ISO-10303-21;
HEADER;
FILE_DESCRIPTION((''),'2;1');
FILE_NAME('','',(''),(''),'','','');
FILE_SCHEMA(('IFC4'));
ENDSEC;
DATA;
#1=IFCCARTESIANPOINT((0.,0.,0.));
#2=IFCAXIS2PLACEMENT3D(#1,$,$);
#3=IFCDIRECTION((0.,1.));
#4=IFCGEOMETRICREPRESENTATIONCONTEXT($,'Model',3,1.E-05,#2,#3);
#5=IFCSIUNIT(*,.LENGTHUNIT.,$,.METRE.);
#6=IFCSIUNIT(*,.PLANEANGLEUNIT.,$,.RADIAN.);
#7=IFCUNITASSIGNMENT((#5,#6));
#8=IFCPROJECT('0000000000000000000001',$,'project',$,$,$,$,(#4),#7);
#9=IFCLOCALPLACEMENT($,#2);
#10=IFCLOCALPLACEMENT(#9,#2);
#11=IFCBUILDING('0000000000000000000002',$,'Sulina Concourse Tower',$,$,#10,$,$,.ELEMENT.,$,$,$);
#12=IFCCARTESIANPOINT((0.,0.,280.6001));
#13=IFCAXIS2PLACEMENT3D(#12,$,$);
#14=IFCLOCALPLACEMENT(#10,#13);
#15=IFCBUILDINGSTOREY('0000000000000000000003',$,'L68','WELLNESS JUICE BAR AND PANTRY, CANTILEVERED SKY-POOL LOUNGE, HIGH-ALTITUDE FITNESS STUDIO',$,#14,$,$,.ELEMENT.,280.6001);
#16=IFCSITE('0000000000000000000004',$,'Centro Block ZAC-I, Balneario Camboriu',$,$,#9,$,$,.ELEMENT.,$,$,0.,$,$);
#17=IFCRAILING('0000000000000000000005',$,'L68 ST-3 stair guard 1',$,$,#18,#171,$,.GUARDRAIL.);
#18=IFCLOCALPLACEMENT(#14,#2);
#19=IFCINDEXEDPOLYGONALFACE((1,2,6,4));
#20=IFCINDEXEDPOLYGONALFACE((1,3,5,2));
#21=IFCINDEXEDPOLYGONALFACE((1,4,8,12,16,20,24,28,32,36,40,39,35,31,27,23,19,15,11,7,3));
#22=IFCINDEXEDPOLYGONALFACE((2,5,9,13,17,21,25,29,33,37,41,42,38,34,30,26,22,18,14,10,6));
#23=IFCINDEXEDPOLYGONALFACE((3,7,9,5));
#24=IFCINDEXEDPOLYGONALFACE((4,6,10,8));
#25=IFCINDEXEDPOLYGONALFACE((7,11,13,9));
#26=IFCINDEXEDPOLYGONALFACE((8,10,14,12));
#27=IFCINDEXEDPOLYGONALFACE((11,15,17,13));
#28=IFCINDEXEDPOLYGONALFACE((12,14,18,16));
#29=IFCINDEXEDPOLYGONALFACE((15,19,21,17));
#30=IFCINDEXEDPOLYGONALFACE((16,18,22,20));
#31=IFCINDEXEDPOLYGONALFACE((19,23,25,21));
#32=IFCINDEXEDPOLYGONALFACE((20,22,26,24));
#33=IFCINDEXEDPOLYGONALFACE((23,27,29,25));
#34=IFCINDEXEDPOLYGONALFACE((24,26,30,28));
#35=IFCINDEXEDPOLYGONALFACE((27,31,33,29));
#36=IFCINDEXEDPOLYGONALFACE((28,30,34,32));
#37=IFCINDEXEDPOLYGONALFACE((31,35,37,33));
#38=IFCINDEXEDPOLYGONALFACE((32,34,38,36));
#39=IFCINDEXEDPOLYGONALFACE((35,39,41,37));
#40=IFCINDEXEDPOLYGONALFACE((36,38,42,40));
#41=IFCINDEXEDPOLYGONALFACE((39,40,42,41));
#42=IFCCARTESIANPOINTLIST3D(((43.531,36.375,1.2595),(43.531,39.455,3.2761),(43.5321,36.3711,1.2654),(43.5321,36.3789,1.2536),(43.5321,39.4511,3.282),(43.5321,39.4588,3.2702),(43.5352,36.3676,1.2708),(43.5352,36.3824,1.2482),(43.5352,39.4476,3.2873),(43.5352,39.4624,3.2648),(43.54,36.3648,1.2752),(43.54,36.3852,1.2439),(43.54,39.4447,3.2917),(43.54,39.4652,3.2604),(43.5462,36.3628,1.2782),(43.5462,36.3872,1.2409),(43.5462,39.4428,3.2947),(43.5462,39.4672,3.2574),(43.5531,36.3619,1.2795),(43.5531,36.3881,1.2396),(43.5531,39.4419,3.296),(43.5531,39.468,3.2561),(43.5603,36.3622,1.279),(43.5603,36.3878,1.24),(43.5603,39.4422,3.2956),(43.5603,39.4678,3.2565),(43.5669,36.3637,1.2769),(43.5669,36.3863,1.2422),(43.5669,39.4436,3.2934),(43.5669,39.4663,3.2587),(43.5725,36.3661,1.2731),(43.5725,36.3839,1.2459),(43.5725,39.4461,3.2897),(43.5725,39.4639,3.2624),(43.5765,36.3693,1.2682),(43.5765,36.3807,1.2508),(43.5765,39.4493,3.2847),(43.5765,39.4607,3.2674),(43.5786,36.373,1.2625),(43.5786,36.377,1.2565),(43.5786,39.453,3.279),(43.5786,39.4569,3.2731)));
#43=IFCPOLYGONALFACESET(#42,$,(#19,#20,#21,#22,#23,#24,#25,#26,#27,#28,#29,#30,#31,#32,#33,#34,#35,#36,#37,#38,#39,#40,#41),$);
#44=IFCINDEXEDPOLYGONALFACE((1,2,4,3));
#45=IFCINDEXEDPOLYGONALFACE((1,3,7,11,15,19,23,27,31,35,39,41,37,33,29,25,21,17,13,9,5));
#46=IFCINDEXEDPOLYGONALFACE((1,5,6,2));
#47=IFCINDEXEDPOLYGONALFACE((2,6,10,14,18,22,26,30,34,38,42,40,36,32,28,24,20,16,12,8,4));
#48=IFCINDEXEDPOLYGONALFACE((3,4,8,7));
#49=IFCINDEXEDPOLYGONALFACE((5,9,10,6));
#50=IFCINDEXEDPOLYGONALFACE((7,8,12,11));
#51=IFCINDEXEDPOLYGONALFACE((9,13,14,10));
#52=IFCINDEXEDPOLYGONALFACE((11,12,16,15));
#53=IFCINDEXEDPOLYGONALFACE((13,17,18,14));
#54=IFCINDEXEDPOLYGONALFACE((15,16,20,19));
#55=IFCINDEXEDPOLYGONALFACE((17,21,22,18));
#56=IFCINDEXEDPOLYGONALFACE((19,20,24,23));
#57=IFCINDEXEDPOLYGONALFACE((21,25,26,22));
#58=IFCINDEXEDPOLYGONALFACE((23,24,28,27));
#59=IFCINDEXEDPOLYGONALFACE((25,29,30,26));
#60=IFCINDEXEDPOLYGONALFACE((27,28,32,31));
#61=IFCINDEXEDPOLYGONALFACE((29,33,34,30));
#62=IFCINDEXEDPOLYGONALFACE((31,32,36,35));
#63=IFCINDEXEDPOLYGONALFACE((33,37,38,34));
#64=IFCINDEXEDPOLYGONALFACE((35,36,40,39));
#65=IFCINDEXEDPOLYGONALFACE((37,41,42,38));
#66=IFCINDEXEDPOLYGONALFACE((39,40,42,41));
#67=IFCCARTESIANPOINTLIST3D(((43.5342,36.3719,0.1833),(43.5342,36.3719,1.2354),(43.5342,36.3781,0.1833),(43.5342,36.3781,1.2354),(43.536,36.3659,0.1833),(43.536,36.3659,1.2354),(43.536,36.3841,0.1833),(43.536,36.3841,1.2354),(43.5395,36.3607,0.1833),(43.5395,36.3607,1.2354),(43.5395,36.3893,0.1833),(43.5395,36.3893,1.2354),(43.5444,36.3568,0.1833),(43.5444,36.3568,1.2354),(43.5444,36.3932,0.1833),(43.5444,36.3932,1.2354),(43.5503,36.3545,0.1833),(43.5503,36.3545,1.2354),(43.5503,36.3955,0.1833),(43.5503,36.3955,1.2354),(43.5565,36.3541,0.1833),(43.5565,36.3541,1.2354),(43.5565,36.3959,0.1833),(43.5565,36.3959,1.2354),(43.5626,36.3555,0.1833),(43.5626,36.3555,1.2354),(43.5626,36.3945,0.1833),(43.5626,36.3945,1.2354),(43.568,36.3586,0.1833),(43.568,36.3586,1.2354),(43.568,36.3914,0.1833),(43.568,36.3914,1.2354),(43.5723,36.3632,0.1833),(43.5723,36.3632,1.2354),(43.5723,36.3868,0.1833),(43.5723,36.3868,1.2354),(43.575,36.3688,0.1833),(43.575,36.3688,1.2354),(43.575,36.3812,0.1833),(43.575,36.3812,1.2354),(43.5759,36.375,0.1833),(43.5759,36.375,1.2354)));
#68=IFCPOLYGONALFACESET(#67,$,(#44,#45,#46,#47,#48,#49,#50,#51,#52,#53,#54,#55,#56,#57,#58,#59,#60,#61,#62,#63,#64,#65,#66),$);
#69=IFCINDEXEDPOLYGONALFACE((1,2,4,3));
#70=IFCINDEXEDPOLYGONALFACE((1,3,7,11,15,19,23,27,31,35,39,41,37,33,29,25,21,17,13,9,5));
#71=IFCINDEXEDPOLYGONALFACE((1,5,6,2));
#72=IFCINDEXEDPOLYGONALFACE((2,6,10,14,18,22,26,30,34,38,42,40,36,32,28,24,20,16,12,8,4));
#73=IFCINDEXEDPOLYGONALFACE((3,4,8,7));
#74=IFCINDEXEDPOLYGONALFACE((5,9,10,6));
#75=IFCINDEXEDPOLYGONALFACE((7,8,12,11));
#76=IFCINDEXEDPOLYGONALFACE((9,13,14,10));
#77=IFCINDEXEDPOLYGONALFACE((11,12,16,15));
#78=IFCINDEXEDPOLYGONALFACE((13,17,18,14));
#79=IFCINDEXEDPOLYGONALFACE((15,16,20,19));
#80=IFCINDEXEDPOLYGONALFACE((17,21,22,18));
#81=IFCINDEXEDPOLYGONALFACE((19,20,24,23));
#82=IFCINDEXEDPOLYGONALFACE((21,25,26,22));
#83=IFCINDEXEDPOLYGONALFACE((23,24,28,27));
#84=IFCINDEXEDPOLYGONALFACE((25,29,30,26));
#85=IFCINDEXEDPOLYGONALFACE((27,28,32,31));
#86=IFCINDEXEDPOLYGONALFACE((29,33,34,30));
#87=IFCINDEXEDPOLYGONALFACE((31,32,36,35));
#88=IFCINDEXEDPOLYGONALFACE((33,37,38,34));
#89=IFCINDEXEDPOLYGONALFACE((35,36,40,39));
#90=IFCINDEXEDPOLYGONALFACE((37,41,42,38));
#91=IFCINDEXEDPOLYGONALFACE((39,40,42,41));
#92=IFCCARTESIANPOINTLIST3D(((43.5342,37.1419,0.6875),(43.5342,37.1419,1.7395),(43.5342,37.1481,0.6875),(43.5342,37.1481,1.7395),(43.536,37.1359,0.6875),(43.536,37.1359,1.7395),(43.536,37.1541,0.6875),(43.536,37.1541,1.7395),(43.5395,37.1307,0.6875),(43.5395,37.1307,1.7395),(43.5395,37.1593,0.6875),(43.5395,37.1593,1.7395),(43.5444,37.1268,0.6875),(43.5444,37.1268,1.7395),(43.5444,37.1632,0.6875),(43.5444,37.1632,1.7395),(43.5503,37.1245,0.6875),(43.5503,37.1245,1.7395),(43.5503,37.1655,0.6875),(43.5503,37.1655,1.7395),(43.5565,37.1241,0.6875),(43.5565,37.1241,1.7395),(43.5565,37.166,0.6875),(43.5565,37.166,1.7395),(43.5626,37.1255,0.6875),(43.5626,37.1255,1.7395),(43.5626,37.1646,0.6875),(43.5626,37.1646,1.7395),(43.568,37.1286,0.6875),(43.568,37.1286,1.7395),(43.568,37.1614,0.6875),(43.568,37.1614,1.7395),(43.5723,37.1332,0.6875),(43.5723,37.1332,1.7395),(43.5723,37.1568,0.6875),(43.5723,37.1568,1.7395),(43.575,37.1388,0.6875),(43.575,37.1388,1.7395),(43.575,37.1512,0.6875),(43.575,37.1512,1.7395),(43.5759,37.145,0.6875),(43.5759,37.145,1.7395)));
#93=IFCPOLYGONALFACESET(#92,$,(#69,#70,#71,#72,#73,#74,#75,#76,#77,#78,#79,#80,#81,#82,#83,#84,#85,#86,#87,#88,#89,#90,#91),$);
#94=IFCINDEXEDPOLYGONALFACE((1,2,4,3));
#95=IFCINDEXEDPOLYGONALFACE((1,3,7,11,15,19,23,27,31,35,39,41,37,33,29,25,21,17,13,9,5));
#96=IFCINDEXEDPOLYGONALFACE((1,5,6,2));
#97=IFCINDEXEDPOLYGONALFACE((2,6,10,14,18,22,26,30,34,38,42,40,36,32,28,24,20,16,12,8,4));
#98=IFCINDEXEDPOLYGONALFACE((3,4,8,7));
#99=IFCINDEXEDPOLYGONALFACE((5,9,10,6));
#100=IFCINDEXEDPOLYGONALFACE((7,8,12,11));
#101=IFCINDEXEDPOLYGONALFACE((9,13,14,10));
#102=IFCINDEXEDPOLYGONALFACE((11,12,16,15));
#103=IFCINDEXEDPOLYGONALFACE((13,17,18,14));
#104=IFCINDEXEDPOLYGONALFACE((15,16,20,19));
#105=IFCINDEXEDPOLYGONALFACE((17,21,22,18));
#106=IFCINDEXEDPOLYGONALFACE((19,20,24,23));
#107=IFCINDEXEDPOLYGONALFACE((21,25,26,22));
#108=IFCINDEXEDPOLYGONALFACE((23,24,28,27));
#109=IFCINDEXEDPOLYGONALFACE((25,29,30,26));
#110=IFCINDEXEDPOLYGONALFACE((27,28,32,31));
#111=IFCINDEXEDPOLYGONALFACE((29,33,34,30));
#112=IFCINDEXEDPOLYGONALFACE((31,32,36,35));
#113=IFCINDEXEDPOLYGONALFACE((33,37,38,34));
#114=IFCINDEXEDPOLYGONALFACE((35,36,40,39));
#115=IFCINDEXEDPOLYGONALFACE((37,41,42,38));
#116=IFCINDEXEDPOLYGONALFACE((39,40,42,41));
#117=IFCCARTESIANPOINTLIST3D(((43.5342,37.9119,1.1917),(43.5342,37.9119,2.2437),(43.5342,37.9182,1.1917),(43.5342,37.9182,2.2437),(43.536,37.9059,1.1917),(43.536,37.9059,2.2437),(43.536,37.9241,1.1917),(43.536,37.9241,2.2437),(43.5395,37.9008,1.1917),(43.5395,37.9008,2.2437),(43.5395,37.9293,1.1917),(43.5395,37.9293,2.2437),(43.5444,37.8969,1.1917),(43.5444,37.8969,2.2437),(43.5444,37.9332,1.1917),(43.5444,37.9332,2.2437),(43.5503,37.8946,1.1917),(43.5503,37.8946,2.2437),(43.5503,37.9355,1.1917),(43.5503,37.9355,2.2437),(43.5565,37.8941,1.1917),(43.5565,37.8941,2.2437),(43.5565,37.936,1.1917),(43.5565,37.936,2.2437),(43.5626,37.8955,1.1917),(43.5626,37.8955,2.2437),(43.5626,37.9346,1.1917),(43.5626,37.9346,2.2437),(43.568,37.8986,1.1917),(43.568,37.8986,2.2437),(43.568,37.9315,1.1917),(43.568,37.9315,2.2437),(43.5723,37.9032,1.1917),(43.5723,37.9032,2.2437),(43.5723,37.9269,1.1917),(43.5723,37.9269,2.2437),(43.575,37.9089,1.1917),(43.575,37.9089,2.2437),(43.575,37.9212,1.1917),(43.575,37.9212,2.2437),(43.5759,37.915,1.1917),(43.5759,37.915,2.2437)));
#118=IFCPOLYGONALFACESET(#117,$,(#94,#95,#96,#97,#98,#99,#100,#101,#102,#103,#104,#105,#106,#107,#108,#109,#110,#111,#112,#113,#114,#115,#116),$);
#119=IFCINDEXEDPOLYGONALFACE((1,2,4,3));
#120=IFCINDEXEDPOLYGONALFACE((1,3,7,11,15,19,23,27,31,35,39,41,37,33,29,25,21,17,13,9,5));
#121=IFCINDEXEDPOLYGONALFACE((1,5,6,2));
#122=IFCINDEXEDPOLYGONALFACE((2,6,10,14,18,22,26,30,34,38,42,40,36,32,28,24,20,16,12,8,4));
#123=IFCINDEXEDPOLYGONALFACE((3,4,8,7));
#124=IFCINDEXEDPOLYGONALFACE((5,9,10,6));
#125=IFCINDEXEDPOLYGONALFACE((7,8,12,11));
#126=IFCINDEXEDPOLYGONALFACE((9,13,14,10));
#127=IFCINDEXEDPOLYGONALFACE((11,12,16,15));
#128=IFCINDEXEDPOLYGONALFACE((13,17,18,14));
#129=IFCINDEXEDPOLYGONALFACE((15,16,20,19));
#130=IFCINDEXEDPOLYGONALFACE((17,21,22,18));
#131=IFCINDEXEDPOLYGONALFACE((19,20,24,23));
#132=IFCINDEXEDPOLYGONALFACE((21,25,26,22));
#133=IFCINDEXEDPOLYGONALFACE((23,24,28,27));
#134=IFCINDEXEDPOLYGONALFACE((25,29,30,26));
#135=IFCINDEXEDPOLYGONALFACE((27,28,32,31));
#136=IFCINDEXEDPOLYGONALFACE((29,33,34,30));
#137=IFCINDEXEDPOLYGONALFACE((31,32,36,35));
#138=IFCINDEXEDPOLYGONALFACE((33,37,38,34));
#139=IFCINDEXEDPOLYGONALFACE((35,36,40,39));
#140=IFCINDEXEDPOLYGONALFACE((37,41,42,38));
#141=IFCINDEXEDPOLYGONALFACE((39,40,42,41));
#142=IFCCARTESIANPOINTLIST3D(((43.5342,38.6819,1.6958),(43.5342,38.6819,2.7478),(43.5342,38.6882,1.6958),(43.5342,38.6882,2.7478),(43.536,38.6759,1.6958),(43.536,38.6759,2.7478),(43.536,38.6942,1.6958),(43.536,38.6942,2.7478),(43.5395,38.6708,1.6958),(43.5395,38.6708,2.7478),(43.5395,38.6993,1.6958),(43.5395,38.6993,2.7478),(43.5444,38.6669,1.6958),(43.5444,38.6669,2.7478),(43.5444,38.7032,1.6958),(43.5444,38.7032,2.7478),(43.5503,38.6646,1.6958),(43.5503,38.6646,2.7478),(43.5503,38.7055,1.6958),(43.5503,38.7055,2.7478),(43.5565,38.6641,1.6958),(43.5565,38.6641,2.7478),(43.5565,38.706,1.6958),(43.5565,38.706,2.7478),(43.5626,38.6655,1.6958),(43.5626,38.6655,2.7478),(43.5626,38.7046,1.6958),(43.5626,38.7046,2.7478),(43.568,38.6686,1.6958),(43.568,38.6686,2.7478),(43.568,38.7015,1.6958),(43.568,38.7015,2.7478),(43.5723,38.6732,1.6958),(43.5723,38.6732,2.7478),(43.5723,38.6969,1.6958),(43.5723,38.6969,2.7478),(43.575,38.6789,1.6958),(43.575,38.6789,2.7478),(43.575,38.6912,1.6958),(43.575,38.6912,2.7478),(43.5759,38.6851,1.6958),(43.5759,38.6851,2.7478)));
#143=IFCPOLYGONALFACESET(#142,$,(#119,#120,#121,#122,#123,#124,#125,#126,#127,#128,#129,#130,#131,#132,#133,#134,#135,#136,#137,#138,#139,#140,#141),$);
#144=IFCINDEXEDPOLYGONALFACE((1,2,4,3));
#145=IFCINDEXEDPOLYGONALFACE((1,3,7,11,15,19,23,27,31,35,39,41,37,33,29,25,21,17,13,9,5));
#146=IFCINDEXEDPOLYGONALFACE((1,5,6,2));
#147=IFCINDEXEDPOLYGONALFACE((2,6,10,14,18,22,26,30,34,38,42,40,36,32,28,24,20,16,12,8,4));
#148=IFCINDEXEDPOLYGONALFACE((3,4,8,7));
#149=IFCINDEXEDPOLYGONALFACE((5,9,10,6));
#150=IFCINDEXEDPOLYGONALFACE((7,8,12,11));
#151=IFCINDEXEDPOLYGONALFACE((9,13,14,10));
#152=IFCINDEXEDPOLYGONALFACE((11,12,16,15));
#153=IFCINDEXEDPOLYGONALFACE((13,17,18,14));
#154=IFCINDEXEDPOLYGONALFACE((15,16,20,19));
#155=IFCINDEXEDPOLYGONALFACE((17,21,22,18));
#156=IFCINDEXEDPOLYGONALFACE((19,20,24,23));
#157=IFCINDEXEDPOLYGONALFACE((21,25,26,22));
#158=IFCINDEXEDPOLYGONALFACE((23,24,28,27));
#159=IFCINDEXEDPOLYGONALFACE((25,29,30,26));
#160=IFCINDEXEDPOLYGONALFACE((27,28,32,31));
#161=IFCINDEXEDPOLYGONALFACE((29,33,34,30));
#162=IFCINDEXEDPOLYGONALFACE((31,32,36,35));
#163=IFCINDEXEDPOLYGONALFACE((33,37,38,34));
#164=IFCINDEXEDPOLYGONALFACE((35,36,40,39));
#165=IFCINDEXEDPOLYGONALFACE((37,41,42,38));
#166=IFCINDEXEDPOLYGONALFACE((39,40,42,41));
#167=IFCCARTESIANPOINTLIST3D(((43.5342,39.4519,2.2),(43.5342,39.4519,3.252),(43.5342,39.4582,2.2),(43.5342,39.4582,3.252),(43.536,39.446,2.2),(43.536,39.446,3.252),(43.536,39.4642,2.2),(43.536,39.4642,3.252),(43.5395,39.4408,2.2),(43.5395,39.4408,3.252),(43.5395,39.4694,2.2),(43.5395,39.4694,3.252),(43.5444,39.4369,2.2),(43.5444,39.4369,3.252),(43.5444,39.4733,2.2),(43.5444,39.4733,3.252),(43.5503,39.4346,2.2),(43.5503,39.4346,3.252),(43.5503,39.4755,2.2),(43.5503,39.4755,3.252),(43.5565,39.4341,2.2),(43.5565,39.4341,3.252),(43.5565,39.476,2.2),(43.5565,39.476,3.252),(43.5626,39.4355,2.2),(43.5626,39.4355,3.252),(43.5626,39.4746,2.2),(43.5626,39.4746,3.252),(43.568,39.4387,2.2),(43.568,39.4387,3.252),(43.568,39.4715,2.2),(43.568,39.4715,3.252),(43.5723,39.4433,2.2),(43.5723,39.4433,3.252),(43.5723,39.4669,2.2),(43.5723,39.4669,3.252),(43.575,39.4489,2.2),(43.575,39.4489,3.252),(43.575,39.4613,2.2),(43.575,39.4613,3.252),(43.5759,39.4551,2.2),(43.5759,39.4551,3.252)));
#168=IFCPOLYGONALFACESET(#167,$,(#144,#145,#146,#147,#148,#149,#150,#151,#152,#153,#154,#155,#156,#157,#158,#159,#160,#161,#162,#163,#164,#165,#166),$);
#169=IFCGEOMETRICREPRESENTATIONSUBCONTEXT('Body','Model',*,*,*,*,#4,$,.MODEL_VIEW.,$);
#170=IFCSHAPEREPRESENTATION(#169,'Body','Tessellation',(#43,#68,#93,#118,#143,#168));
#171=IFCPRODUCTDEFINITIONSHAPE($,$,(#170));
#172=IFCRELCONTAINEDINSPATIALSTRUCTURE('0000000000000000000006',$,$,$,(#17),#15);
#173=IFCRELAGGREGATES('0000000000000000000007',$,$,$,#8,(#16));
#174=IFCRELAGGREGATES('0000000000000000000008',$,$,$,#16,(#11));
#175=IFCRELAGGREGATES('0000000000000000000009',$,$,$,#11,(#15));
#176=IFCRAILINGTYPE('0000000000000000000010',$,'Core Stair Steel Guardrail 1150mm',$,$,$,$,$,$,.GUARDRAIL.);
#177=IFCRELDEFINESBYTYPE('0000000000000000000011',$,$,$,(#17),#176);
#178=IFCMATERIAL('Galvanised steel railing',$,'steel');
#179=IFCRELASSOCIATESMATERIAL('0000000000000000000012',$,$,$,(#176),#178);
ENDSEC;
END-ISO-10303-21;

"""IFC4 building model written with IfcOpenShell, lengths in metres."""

from ifc_helpers import new_model, si_unit, direction, frame, origin, origin_2d, place, context, subcontext, project, spatial, circle, extrude, material, type_object, element, save


model = new_model("IFC4")

# Units and contexts
model_context = context("Model", 3, precision=1e-05, world=origin(), true_north=direction((0.0, 1.0)))
body_context = subcontext(model_context, "Body", "Model", "MODEL_VIEW")
ifc_project = project(units=[si_unit("LENGTHUNIT", "METRE"), si_unit("PLANEANGLEUNIT", "RADIAN")], contexts=[model_context])

# Site, building, storey
site_placement = place(None, origin())
site = spatial("IfcSite", under=ifc_project, at=site_placement, Name="Centro Block ZAC-I, Balneario Camboriu", CompositionType="ELEMENT", RefElevation=0.0)
building_placement = place(site_placement, origin())
building = spatial("IfcBuilding", under=site, at=building_placement, Name="Sulina Concourse Tower", CompositionType="ELEMENT")
storey_placement = place(building_placement, frame((0.0, 0.0, 280.6001)))
storey = spatial("IfcBuildingStorey", under=building, at=storey_placement, Name="L68", Description="WELLNESS JUICE BAR AND PANTRY, CANTILEVERED SKY-POOL LOUNGE, HIGH-ALTITUDE FITNESS STUDIO", CompositionType="ELEMENT", Elevation=280.6001)

# Railing
ifc_material_1 = material(Name="Galvanised steel railing", Category="steel")
railing_type_1 = type_object("IfcRailingType", Name="Core Stair Steel Guardrail 1150mm", PredefinedType="GUARDRAIL", material=ifc_material_1)
railing_1_placement = place(storey_placement, frame((43.5549, 36.375, 0.1833)))
element("IfcRailing", 1, at=railing_1_placement, inside=storey, type_object=railing_type_1, Name="L68 ST-3 stair guard 1", PredefinedType="GUARDRAIL", context=body_context, shape_type="SweptSolid", body=[
    extrude(circle(Radius=0.0239, at=origin_2d()), frame((0.0, 0.0, 1.0762), z_axis=(0.0, 0.836633, 0.547764), x_axis=(-1.0, 0.0, 0.0)), (0.0, 0.0, 1.0), 3.6814),
    extrude(circle(Radius=0.021, at=origin_2d()), origin(), (0.0, 0.0, 1.0), 1.052),
    extrude(circle(Radius=0.021, at=origin_2d()), frame((0.0, 0.77, 0.5042)), (0.0, 0.0, 1.0), 1.052),
    extrude(circle(Radius=0.021, at=origin_2d()), frame((0.0, 1.54, 1.0083)), (0.0, 0.0, 1.0), 1.052),
    extrude(circle(Radius=0.021, at=origin_2d()), frame((0.0, 2.3101, 1.5125)), (0.0, 0.0, 1.0), 1.052),
    extrude(circle(Radius=0.021, at=origin_2d()), frame((0.0, 3.0801, 2.0166)), (0.0, 0.0, 1.0), 1.052),
])

save(model, "model.ifc")
